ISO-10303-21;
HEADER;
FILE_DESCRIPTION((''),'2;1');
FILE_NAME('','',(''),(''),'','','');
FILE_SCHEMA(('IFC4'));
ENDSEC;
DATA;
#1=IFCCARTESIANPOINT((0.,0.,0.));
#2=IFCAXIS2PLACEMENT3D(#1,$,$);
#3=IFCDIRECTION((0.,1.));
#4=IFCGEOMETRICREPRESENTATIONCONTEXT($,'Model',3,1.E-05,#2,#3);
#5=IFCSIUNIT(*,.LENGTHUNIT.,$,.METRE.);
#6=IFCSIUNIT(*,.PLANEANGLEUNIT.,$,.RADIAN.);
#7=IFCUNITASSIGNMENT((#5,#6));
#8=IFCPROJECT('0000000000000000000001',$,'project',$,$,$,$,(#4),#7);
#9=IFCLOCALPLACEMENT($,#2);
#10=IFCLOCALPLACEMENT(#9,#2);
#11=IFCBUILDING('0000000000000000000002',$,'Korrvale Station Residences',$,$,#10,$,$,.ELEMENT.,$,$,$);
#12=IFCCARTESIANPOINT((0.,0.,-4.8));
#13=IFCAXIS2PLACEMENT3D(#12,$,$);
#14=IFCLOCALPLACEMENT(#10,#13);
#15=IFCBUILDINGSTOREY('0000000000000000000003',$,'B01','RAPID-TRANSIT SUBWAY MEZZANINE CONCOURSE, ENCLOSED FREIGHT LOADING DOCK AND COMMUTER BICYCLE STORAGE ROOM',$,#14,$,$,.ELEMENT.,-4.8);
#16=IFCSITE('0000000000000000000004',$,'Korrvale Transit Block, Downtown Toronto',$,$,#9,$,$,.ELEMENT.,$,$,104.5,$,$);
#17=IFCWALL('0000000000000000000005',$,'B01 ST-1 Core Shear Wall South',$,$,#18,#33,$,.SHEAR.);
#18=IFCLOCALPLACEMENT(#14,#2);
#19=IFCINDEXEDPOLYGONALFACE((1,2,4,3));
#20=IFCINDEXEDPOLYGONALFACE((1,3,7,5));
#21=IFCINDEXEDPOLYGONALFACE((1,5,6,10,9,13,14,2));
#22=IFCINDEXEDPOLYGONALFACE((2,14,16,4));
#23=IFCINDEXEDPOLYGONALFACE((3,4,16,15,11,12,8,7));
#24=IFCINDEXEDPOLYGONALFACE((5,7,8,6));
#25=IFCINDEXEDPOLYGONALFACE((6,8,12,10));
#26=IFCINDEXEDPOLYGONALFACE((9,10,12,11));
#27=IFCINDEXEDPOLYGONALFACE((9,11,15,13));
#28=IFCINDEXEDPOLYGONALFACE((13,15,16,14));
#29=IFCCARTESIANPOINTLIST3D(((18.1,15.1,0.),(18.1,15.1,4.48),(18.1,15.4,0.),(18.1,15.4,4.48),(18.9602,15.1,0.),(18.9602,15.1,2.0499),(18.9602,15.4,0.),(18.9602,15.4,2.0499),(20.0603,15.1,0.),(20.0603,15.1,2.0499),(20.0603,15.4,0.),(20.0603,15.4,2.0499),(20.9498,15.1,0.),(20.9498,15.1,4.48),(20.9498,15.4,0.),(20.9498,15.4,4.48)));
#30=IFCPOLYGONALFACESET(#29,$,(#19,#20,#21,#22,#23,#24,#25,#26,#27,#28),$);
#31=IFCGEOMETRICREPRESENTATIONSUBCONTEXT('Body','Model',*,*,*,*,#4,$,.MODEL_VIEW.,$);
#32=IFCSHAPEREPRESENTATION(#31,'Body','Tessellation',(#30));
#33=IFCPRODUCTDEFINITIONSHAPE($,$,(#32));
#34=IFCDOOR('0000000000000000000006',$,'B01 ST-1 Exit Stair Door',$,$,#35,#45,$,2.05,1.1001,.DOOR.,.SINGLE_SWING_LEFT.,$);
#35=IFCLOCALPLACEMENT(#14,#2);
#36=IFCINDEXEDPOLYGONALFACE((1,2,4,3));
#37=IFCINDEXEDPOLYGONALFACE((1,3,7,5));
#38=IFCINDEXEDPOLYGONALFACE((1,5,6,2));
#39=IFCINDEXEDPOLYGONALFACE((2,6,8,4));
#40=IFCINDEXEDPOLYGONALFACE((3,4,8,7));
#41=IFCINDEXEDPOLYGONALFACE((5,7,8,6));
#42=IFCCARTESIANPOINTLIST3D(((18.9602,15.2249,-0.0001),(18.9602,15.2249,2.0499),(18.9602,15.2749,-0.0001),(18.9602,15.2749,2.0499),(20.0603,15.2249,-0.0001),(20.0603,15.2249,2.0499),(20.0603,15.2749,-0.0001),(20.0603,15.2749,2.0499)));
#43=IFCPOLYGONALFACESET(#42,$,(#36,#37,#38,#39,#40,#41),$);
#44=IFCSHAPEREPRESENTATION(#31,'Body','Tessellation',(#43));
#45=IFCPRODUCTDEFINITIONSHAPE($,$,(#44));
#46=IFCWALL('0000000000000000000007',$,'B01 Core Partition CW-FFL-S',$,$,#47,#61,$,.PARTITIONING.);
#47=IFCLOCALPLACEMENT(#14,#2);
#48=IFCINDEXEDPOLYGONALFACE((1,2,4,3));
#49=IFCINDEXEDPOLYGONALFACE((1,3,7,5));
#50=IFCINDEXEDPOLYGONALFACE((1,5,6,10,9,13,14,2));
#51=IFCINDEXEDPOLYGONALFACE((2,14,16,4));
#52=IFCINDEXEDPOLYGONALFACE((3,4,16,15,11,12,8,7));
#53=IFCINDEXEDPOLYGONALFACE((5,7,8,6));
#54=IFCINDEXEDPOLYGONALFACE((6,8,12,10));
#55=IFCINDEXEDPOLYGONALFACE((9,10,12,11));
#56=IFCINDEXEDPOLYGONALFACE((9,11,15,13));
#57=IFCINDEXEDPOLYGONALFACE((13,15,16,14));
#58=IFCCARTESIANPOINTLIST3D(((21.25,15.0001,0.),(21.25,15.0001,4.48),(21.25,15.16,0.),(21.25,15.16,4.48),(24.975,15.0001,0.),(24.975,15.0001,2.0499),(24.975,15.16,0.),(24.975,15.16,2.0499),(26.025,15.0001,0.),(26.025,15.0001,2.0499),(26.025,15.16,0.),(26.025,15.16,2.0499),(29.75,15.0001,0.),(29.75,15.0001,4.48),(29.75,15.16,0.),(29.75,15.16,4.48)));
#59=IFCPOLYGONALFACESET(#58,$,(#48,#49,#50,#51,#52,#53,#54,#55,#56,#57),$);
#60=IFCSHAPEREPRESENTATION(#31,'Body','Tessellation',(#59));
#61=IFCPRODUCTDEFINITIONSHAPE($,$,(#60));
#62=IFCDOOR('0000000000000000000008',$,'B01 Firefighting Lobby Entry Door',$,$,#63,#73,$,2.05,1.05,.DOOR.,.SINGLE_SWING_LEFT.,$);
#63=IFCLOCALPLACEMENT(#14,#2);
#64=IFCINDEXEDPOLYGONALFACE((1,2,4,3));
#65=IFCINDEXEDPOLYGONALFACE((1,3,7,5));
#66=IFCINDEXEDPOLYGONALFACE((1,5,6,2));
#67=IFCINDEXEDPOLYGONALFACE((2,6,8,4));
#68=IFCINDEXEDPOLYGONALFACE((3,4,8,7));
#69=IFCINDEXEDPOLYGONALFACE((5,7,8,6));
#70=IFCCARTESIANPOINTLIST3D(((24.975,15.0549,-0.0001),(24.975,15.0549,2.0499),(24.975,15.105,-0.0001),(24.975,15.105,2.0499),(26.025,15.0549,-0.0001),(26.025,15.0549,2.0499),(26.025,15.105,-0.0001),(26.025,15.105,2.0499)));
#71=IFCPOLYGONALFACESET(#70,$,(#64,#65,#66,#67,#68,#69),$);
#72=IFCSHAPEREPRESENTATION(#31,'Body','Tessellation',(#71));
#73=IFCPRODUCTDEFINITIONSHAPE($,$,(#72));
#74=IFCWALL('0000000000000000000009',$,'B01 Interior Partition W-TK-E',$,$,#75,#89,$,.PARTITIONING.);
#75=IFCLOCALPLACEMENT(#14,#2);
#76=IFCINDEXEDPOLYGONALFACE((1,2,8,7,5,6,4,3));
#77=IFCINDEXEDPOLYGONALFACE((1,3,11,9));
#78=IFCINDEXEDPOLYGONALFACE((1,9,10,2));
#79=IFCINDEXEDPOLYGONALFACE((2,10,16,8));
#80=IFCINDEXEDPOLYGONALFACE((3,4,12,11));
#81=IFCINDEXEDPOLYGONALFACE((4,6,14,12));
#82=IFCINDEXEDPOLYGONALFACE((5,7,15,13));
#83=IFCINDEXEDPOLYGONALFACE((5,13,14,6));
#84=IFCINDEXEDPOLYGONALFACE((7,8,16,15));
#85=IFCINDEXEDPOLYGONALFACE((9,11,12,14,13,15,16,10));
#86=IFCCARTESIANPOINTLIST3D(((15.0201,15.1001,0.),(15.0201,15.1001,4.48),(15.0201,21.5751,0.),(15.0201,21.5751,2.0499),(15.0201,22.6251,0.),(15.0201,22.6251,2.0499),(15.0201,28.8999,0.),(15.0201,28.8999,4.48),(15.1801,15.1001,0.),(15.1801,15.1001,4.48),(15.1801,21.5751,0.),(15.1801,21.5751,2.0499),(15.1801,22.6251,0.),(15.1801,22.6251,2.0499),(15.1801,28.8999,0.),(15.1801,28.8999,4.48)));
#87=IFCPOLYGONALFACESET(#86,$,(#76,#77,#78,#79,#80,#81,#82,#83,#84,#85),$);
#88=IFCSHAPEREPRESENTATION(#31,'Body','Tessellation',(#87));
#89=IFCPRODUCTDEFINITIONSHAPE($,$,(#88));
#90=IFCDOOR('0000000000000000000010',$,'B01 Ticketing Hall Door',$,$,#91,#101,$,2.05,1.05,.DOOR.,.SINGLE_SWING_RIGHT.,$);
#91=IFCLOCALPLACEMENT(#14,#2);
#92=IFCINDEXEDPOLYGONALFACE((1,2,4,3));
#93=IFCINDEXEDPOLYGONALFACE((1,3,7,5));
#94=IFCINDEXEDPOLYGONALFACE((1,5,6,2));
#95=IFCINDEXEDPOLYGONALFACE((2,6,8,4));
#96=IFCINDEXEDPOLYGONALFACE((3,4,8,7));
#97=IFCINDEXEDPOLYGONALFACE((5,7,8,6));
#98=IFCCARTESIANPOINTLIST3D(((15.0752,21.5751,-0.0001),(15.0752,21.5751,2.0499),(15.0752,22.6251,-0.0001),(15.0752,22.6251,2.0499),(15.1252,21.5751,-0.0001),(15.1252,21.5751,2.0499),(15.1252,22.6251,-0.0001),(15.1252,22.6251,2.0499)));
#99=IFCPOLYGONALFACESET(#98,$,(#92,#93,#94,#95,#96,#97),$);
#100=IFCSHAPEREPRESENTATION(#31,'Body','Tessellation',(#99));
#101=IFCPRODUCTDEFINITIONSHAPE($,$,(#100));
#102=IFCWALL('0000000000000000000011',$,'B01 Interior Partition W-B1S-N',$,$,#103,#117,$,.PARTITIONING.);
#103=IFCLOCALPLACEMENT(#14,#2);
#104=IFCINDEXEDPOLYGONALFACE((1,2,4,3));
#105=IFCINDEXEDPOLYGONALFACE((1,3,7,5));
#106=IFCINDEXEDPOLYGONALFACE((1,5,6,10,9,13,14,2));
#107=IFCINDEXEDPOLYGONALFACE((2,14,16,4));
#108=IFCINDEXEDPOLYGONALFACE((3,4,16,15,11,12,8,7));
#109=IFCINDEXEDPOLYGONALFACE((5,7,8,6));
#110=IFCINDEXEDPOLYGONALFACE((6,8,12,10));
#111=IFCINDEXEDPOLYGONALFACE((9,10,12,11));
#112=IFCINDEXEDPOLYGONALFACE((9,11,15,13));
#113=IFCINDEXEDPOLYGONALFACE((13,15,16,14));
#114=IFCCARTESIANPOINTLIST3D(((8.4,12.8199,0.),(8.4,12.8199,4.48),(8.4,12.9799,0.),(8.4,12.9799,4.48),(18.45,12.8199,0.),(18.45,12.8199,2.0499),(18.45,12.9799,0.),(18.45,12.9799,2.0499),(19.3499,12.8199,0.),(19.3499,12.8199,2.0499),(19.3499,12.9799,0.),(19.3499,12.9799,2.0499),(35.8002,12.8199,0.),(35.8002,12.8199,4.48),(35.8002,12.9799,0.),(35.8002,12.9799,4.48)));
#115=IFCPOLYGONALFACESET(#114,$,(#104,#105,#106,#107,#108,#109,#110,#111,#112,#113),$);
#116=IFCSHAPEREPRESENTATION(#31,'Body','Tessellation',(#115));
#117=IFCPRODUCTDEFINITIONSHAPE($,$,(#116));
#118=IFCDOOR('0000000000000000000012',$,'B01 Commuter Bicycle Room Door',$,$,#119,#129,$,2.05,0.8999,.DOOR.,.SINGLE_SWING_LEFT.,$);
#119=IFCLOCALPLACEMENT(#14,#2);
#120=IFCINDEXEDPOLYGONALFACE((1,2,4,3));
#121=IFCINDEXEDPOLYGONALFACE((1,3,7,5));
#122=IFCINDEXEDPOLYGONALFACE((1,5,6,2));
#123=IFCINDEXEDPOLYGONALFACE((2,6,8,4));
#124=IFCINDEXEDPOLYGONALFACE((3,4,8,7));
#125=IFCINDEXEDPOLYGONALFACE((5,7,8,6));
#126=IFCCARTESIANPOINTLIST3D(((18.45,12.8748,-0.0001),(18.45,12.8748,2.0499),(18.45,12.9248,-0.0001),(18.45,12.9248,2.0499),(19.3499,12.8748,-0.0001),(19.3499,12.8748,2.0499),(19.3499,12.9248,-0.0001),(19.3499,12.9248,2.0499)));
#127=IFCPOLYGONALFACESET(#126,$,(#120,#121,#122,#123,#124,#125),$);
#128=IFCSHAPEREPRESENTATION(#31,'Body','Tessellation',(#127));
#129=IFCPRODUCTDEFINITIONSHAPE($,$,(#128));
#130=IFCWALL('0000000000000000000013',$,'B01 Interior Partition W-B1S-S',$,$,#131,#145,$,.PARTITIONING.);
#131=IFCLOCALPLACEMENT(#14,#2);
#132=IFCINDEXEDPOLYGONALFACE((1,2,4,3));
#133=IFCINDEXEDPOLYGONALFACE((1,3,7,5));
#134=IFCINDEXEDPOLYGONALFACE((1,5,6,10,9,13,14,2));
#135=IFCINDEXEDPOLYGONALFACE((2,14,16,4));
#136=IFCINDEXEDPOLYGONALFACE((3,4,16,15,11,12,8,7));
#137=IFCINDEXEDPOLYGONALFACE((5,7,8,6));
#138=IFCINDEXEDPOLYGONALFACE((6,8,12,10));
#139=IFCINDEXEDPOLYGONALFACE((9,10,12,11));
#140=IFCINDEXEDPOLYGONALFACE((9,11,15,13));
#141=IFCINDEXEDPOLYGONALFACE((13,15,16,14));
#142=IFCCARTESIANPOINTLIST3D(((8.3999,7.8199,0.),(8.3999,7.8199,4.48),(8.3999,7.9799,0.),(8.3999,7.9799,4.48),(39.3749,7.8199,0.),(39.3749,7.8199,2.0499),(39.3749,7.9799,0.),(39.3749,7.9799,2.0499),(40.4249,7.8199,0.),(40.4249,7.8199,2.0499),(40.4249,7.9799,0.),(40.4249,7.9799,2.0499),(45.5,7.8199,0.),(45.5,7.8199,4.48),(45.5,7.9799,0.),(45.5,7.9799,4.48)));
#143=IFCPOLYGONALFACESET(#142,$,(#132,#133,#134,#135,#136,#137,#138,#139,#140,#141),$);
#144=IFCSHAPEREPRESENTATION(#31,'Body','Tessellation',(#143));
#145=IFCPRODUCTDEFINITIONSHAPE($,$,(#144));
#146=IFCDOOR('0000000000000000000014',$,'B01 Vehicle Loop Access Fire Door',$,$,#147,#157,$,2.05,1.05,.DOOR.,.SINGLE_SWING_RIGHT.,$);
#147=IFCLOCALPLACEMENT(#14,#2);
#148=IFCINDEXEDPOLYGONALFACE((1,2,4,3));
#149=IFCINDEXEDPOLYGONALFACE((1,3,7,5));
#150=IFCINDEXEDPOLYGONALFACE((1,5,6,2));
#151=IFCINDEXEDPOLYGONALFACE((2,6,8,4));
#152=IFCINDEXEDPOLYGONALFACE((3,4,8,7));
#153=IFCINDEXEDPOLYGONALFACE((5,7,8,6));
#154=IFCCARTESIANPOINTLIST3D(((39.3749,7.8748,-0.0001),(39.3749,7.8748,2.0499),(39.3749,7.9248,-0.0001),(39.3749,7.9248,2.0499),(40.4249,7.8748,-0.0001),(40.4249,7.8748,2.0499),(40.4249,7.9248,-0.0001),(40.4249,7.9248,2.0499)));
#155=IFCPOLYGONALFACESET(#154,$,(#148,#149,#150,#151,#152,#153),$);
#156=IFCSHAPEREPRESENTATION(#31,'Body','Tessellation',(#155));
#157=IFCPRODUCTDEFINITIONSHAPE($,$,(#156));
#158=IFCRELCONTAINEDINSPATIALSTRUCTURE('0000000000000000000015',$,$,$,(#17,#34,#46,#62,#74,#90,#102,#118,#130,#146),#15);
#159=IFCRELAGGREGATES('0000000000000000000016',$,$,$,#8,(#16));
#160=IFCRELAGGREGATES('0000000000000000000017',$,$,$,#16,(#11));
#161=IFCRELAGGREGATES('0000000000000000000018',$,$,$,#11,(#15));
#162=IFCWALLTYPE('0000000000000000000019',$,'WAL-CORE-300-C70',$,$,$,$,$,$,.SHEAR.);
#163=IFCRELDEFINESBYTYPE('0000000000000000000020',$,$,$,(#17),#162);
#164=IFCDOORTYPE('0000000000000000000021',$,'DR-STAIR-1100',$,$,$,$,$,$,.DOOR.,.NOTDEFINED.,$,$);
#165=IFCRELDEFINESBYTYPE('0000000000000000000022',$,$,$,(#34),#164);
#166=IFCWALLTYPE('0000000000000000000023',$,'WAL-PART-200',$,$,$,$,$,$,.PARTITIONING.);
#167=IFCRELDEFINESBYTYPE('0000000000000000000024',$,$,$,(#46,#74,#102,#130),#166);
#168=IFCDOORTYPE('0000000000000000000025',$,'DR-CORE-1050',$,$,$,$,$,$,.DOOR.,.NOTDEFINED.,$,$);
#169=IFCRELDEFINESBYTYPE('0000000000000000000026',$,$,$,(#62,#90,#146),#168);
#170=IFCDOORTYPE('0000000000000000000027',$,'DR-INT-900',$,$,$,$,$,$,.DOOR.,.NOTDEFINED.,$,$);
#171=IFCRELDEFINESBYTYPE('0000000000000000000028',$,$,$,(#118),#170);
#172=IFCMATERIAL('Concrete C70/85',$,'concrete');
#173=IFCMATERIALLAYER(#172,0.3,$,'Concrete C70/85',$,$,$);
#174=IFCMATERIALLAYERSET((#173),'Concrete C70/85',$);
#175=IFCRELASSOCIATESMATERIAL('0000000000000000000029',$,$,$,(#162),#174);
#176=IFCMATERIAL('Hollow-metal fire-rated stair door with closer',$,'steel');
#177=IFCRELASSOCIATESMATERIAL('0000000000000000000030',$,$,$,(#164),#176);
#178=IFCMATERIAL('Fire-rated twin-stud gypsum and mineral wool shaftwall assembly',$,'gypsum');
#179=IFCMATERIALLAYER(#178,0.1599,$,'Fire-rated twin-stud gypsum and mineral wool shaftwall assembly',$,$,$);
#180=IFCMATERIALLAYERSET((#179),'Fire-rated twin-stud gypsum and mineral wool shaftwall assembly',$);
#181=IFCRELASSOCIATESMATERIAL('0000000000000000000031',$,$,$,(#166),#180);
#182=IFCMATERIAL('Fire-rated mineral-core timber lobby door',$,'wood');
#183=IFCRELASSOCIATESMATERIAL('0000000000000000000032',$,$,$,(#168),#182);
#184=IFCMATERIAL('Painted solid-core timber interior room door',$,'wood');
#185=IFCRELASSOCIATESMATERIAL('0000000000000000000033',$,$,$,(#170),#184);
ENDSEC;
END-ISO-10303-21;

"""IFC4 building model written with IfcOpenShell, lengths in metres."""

from ifc_helpers import new_model, si_unit, direction, frame, frame_2d, origin, place, context, subcontext, project, spatial, rectangle, extrude, material, layer, layer_set, type_object, element, fill, save


model = new_model("IFC4")

# Units and contexts
model_context = context("Model", 3, precision=1e-05, world=origin(), true_north=direction((0.0, 1.0)))
body_context = subcontext(model_context, "Body", "Model", "MODEL_VIEW")
ifc_project = project(units=[si_unit("LENGTHUNIT", "METRE"), si_unit("PLANEANGLEUNIT", "RADIAN")], contexts=[model_context])

# Site, building, storey
site_placement = place(None, origin())
site = spatial("IfcSite", under=ifc_project, at=site_placement, Name="Korrvale Transit Block, Downtown Toronto", CompositionType="ELEMENT", RefElevation=104.5)
building_placement = place(site_placement, origin())
building = spatial("IfcBuilding", under=site, at=building_placement, Name="Korrvale Station Residences", CompositionType="ELEMENT")
storey_placement = place(building_placement, frame((0.0, 0.0, -4.8)))
storey = spatial("IfcBuildingStorey", under=building, at=storey_placement, Name="B01", Description="RAPID-TRANSIT SUBWAY MEZZANINE CONCOURSE, ENCLOSED FREIGHT LOADING DOCK AND COMMUTER BICYCLE STORAGE ROOM", CompositionType="ELEMENT", Elevation=-4.8)

# Shared definitions
ifc_material_1 = material(Name="Concrete C70/85", Category="concrete")

# Shared definitions
ifc_layer_1 = layer(ifc_material_1, 0.3, Name="Concrete C70/85")
ifc_layer_set_1 = layer_set([ifc_layer_1], Name="Concrete C70/85")
wall_type_1 = type_object("IfcWallType", Name="WAL-CORE-300-C70", PredefinedType="SHEAR", material=ifc_layer_set_1)

# Walls, openings, doors
wall_1_placement = place(storey_placement, frame((18.1001, 15.25, 0.0), z_axis=(0.0, 0.0, 1.0), x_axis=(1.0, 0.0, 0.0)))
wall_1 = element("IfcWall", 1, at=wall_1_placement, inside=storey, type_object=wall_type_1, Name="B01 ST-1 Core Shear Wall South", PredefinedType="SHEAR", context=body_context, shape_type="SweptSolid", body=[
    extrude(rectangle(XDim=2.8499, YDim=0.3, at=frame_2d((1.4248, 0.0))), origin(), (0.0, 0.0, 1.0), 4.48),
])
opening_1_placement = place(wall_1_placement, frame((0.8601, 0.0, 0.0)))
opening_1 = element("IfcOpeningElement", 2, at=opening_1_placement, cuts=wall_1, PredefinedType="OPENING", context=body_context, shape_type="SweptSolid", body=[
    extrude(rectangle(XDim=1.1001, YDim=2.05, at=frame_2d((0.55, 1.0249))), frame((0.0, 0.1602, 0.0), z_axis=(0.0, -1.0, 0.0), x_axis=(1.0, 0.0, 0.0)), (0.0, 0.0, 1.0), 0.3201),
])
ifc_material_2 = material(Name="Hollow-metal fire-rated stair door with closer", Category="steel")
door_type_1 = type_object("IfcDoorType", Name="DR-STAIR-1100", OperationType="NOTDEFINED", PredefinedType="DOOR", material=ifc_material_2)
door_1_placement = place(opening_1_placement, origin())
door_1 = element("IfcDoor", 3, at=door_1_placement, inside=storey, type_object=door_type_1, Name="B01 ST-1 Exit Stair Door", OperationType="SINGLE_SWING_LEFT", OverallHeight=2.05, OverallWidth=1.1001, PredefinedType="DOOR", context=body_context, shape_type="SweptSolid", body=[
    extrude(rectangle(XDim=1.1001, YDim=2.05, at=frame_2d((0.55, 1.0249))), frame((0.0, 0.0249, 0.0), z_axis=(0.0, -1.0, 0.0), x_axis=(1.0, 0.0, 0.0)), (0.0, 0.0, 1.0), 0.05),
])
fill(opening_1, door_1)
ifc_material_3 = material(Name="Fire-rated twin-stud gypsum and mineral wool shaftwall assembly", Category="gypsum")
ifc_layer_2 = layer(ifc_material_3, 0.1599, Name="Fire-rated twin-stud gypsum and mineral wool shaftwall assembly")
ifc_layer_set_2 = layer_set([ifc_layer_2], Name="Fire-rated twin-stud gypsum and mineral wool shaftwall assembly")
wall_type_2 = type_object("IfcWallType", Name="WAL-PART-200", PredefinedType="PARTITIONING", material=ifc_layer_set_2)
wall_2_placement = place(storey_placement, frame((21.25, 15.0801, 0.0), z_axis=(0.0, 0.0, 1.0), x_axis=(1.0, 0.0, 0.0)))
wall_2 = element("IfcWall", 4, at=wall_2_placement, inside=storey, type_object=wall_type_2, Name="B01 Core Partition CW-FFL-S", PredefinedType="PARTITIONING", context=body_context, shape_type="SweptSolid", body=[
    extrude(rectangle(XDim=8.5, YDim=0.1599, at=frame_2d((4.25, 0.0))), origin(), (0.0, 0.0, 1.0), 4.48),
])
opening_2_placement = place(wall_2_placement, frame((3.7251, 0.0, 0.0)))
opening_2 = element("IfcOpeningElement", 5, at=opening_2_placement, cuts=wall_2, PredefinedType="OPENING", context=body_context, shape_type="SweptSolid", body=[
    extrude(rectangle(XDim=1.05, YDim=2.05, at=frame_2d((0.5249, 1.0249))), frame((0.0, 0.0898, 0.0), z_axis=(0.0, -1.0, 0.0), x_axis=(1.0, 0.0, 0.0)), (0.0, 0.0, 1.0), 0.1799),
])
ifc_material_4 = material(Name="Fire-rated mineral-core timber lobby door", Category="wood")
door_type_2 = type_object("IfcDoorType", Name="DR-CORE-1050", OperationType="NOTDEFINED", PredefinedType="DOOR", material=ifc_material_4)
door_2_placement = place(opening_2_placement, origin())
door_2 = element("IfcDoor", 6, at=door_2_placement, inside=storey, type_object=door_type_2, Name="B01 Firefighting Lobby Entry Door", OperationType="SINGLE_SWING_LEFT", OverallHeight=2.05, OverallWidth=1.05, PredefinedType="DOOR", context=body_context, shape_type="SweptSolid", body=[
    extrude(rectangle(XDim=1.05, YDim=2.05, at=frame_2d((0.5249, 1.0249))), frame((0.0, 0.0249, 0.0), z_axis=(0.0, -1.0, 0.0), x_axis=(1.0, 0.0, 0.0)), (0.0, 0.0, 1.0), 0.05),
])
fill(opening_2, door_2)
wall_3_placement = place(storey_placement, frame((15.1001, 15.1001, 0.0), z_axis=(0.0, 0.0, 1.0), x_axis=(0.0, 1.0, 0.0)))
wall_3 = element("IfcWall", 7, at=wall_3_placement, inside=storey, type_object=wall_type_2, Name="B01 Interior Partition W-TK-E", PredefinedType="PARTITIONING", context=body_context, shape_type="SweptSolid", body=[
    extrude(rectangle(XDim=13.7998, YDim=0.1599, at=frame_2d((6.8999, 0.0))), origin(), (0.0, 0.0, 1.0), 4.48),
])
opening_3_placement = place(wall_3_placement, frame((6.4751, 0.0, 0.0)))
opening_3 = element("IfcOpeningElement", 8, at=opening_3_placement, cuts=wall_3, PredefinedType="OPENING", context=body_context, shape_type="SweptSolid", body=[
    extrude(rectangle(XDim=1.05, YDim=2.05, at=frame_2d((0.5249, 1.0249))), frame((0.0, 0.0898, 0.0), z_axis=(0.0, -1.0, 0.0), x_axis=(1.0, 0.0, 0.0)), (0.0, 0.0, 1.0), 0.1799),
])
door_3_placement = place(opening_3_placement, origin())
door_3 = element("IfcDoor", 9, at=door_3_placement, inside=storey, type_object=door_type_2, Name="B01 Ticketing Hall Door", OperationType="SINGLE_SWING_RIGHT", OverallHeight=2.05, OverallWidth=1.05, PredefinedType="DOOR", context=body_context, shape_type="SweptSolid", body=[
    extrude(rectangle(XDim=1.05, YDim=2.05, at=frame_2d((0.5249, 1.0249))), frame((0.0, 0.0249, 0.0), z_axis=(0.0, -1.0, 0.0), x_axis=(1.0, 0.0, 0.0)), (0.0, 0.0, 1.0), 0.05),
])
fill(opening_3, door_3)
wall_4_placement = place(storey_placement, frame((8.3999, 12.8999, 0.0), z_axis=(0.0, 0.0, 1.0), x_axis=(1.0, 0.0, 0.0)))
wall_4 = element("IfcWall", 10, at=wall_4_placement, inside=storey, type_object=wall_type_2, Name="B01 Interior Partition W-B1S-N", PredefinedType="PARTITIONING", context=body_context, shape_type="SweptSolid", body=[
    extrude(rectangle(XDim=27.4001, YDim=0.1599, at=frame_2d((13.7002, 0.0))), origin(), (0.0, 0.0, 1.0), 4.48),
])
opening_4_placement = place(wall_4_placement, frame((10.05, 0.0, 0.0)))
opening_4 = element("IfcOpeningElement", 11, at=opening_4_placement, cuts=wall_4, PredefinedType="OPENING", context=body_context, shape_type="SweptSolid", body=[
    extrude(rectangle(XDim=0.8999, YDim=2.05, at=frame_2d((0.45, 1.0249))), frame((0.0, 0.0898, 0.0), z_axis=(0.0, -1.0, 0.0), x_axis=(1.0, 0.0, 0.0)), (0.0, 0.0, 1.0), 0.1799),
])
ifc_material_5 = material(Name="Painted solid-core timber interior room door", Category="wood")
door_type_3 = type_object("IfcDoorType", Name="DR-INT-900", OperationType="NOTDEFINED", PredefinedType="DOOR", material=ifc_material_5)
door_4_placement = place(opening_4_placement, origin())
door_4 = element("IfcDoor", 12, at=door_4_placement, inside=storey, type_object=door_type_3, Name="B01 Commuter Bicycle Room Door", OperationType="SINGLE_SWING_LEFT", OverallHeight=2.05, OverallWidth=0.8999, PredefinedType="DOOR", context=body_context, shape_type="SweptSolid", body=[
    extrude(rectangle(XDim=0.8999, YDim=2.05, at=frame_2d((0.45, 1.0249))), frame((0.0, 0.0249, 0.0), z_axis=(0.0, -1.0, 0.0), x_axis=(1.0, 0.0, 0.0)), (0.0, 0.0, 1.0), 0.05),
])
fill(opening_4, door_4)
wall_5_placement = place(storey_placement, frame((8.3999, 7.8999, 0.0), z_axis=(0.0, 0.0, 1.0), x_axis=(1.0, 0.0, 0.0)))
wall_5 = element("IfcWall", 13, at=wall_5_placement, inside=storey, type_object=wall_type_2, Name="B01 Interior Partition W-B1S-S", PredefinedType="PARTITIONING", context=body_context, shape_type="SweptSolid", body=[
    extrude(rectangle(XDim=37.1001, YDim=0.1599, at=frame_2d((18.55, 0.0))), origin(), (0.0, 0.0, 1.0), 4.48),
])
opening_5_placement = place(wall_5_placement, frame((30.9751, 0.0, 0.0)))
opening_5 = element("IfcOpeningElement", 14, at=opening_5_placement, cuts=wall_5, PredefinedType="OPENING", context=body_context, shape_type="SweptSolid", body=[
    extrude(rectangle(XDim=1.05, YDim=2.05, at=frame_2d((0.5249, 1.0249))), frame((0.0, 0.0898, 0.0), z_axis=(0.0, -1.0, 0.0), x_axis=(1.0, 0.0, 0.0)), (0.0, 0.0, 1.0), 0.1799),
])
door_5_placement = place(opening_5_placement, origin())
door_5 = element("IfcDoor", 15, at=door_5_placement, inside=storey, type_object=door_type_2, Name="B01 Vehicle Loop Access Fire Door", OperationType="SINGLE_SWING_RIGHT", OverallHeight=2.05, OverallWidth=1.05, PredefinedType="DOOR", context=body_context, shape_type="SweptSolid", body=[
    extrude(rectangle(XDim=1.05, YDim=2.05, at=frame_2d((0.5249, 1.0249))), frame((0.0, 0.0249, 0.0), z_axis=(0.0, -1.0, 0.0), x_axis=(1.0, 0.0, 0.0)), (0.0, 0.0, 1.0), 0.05),
])
fill(opening_5, door_5)

save(model, "model.ifc")
